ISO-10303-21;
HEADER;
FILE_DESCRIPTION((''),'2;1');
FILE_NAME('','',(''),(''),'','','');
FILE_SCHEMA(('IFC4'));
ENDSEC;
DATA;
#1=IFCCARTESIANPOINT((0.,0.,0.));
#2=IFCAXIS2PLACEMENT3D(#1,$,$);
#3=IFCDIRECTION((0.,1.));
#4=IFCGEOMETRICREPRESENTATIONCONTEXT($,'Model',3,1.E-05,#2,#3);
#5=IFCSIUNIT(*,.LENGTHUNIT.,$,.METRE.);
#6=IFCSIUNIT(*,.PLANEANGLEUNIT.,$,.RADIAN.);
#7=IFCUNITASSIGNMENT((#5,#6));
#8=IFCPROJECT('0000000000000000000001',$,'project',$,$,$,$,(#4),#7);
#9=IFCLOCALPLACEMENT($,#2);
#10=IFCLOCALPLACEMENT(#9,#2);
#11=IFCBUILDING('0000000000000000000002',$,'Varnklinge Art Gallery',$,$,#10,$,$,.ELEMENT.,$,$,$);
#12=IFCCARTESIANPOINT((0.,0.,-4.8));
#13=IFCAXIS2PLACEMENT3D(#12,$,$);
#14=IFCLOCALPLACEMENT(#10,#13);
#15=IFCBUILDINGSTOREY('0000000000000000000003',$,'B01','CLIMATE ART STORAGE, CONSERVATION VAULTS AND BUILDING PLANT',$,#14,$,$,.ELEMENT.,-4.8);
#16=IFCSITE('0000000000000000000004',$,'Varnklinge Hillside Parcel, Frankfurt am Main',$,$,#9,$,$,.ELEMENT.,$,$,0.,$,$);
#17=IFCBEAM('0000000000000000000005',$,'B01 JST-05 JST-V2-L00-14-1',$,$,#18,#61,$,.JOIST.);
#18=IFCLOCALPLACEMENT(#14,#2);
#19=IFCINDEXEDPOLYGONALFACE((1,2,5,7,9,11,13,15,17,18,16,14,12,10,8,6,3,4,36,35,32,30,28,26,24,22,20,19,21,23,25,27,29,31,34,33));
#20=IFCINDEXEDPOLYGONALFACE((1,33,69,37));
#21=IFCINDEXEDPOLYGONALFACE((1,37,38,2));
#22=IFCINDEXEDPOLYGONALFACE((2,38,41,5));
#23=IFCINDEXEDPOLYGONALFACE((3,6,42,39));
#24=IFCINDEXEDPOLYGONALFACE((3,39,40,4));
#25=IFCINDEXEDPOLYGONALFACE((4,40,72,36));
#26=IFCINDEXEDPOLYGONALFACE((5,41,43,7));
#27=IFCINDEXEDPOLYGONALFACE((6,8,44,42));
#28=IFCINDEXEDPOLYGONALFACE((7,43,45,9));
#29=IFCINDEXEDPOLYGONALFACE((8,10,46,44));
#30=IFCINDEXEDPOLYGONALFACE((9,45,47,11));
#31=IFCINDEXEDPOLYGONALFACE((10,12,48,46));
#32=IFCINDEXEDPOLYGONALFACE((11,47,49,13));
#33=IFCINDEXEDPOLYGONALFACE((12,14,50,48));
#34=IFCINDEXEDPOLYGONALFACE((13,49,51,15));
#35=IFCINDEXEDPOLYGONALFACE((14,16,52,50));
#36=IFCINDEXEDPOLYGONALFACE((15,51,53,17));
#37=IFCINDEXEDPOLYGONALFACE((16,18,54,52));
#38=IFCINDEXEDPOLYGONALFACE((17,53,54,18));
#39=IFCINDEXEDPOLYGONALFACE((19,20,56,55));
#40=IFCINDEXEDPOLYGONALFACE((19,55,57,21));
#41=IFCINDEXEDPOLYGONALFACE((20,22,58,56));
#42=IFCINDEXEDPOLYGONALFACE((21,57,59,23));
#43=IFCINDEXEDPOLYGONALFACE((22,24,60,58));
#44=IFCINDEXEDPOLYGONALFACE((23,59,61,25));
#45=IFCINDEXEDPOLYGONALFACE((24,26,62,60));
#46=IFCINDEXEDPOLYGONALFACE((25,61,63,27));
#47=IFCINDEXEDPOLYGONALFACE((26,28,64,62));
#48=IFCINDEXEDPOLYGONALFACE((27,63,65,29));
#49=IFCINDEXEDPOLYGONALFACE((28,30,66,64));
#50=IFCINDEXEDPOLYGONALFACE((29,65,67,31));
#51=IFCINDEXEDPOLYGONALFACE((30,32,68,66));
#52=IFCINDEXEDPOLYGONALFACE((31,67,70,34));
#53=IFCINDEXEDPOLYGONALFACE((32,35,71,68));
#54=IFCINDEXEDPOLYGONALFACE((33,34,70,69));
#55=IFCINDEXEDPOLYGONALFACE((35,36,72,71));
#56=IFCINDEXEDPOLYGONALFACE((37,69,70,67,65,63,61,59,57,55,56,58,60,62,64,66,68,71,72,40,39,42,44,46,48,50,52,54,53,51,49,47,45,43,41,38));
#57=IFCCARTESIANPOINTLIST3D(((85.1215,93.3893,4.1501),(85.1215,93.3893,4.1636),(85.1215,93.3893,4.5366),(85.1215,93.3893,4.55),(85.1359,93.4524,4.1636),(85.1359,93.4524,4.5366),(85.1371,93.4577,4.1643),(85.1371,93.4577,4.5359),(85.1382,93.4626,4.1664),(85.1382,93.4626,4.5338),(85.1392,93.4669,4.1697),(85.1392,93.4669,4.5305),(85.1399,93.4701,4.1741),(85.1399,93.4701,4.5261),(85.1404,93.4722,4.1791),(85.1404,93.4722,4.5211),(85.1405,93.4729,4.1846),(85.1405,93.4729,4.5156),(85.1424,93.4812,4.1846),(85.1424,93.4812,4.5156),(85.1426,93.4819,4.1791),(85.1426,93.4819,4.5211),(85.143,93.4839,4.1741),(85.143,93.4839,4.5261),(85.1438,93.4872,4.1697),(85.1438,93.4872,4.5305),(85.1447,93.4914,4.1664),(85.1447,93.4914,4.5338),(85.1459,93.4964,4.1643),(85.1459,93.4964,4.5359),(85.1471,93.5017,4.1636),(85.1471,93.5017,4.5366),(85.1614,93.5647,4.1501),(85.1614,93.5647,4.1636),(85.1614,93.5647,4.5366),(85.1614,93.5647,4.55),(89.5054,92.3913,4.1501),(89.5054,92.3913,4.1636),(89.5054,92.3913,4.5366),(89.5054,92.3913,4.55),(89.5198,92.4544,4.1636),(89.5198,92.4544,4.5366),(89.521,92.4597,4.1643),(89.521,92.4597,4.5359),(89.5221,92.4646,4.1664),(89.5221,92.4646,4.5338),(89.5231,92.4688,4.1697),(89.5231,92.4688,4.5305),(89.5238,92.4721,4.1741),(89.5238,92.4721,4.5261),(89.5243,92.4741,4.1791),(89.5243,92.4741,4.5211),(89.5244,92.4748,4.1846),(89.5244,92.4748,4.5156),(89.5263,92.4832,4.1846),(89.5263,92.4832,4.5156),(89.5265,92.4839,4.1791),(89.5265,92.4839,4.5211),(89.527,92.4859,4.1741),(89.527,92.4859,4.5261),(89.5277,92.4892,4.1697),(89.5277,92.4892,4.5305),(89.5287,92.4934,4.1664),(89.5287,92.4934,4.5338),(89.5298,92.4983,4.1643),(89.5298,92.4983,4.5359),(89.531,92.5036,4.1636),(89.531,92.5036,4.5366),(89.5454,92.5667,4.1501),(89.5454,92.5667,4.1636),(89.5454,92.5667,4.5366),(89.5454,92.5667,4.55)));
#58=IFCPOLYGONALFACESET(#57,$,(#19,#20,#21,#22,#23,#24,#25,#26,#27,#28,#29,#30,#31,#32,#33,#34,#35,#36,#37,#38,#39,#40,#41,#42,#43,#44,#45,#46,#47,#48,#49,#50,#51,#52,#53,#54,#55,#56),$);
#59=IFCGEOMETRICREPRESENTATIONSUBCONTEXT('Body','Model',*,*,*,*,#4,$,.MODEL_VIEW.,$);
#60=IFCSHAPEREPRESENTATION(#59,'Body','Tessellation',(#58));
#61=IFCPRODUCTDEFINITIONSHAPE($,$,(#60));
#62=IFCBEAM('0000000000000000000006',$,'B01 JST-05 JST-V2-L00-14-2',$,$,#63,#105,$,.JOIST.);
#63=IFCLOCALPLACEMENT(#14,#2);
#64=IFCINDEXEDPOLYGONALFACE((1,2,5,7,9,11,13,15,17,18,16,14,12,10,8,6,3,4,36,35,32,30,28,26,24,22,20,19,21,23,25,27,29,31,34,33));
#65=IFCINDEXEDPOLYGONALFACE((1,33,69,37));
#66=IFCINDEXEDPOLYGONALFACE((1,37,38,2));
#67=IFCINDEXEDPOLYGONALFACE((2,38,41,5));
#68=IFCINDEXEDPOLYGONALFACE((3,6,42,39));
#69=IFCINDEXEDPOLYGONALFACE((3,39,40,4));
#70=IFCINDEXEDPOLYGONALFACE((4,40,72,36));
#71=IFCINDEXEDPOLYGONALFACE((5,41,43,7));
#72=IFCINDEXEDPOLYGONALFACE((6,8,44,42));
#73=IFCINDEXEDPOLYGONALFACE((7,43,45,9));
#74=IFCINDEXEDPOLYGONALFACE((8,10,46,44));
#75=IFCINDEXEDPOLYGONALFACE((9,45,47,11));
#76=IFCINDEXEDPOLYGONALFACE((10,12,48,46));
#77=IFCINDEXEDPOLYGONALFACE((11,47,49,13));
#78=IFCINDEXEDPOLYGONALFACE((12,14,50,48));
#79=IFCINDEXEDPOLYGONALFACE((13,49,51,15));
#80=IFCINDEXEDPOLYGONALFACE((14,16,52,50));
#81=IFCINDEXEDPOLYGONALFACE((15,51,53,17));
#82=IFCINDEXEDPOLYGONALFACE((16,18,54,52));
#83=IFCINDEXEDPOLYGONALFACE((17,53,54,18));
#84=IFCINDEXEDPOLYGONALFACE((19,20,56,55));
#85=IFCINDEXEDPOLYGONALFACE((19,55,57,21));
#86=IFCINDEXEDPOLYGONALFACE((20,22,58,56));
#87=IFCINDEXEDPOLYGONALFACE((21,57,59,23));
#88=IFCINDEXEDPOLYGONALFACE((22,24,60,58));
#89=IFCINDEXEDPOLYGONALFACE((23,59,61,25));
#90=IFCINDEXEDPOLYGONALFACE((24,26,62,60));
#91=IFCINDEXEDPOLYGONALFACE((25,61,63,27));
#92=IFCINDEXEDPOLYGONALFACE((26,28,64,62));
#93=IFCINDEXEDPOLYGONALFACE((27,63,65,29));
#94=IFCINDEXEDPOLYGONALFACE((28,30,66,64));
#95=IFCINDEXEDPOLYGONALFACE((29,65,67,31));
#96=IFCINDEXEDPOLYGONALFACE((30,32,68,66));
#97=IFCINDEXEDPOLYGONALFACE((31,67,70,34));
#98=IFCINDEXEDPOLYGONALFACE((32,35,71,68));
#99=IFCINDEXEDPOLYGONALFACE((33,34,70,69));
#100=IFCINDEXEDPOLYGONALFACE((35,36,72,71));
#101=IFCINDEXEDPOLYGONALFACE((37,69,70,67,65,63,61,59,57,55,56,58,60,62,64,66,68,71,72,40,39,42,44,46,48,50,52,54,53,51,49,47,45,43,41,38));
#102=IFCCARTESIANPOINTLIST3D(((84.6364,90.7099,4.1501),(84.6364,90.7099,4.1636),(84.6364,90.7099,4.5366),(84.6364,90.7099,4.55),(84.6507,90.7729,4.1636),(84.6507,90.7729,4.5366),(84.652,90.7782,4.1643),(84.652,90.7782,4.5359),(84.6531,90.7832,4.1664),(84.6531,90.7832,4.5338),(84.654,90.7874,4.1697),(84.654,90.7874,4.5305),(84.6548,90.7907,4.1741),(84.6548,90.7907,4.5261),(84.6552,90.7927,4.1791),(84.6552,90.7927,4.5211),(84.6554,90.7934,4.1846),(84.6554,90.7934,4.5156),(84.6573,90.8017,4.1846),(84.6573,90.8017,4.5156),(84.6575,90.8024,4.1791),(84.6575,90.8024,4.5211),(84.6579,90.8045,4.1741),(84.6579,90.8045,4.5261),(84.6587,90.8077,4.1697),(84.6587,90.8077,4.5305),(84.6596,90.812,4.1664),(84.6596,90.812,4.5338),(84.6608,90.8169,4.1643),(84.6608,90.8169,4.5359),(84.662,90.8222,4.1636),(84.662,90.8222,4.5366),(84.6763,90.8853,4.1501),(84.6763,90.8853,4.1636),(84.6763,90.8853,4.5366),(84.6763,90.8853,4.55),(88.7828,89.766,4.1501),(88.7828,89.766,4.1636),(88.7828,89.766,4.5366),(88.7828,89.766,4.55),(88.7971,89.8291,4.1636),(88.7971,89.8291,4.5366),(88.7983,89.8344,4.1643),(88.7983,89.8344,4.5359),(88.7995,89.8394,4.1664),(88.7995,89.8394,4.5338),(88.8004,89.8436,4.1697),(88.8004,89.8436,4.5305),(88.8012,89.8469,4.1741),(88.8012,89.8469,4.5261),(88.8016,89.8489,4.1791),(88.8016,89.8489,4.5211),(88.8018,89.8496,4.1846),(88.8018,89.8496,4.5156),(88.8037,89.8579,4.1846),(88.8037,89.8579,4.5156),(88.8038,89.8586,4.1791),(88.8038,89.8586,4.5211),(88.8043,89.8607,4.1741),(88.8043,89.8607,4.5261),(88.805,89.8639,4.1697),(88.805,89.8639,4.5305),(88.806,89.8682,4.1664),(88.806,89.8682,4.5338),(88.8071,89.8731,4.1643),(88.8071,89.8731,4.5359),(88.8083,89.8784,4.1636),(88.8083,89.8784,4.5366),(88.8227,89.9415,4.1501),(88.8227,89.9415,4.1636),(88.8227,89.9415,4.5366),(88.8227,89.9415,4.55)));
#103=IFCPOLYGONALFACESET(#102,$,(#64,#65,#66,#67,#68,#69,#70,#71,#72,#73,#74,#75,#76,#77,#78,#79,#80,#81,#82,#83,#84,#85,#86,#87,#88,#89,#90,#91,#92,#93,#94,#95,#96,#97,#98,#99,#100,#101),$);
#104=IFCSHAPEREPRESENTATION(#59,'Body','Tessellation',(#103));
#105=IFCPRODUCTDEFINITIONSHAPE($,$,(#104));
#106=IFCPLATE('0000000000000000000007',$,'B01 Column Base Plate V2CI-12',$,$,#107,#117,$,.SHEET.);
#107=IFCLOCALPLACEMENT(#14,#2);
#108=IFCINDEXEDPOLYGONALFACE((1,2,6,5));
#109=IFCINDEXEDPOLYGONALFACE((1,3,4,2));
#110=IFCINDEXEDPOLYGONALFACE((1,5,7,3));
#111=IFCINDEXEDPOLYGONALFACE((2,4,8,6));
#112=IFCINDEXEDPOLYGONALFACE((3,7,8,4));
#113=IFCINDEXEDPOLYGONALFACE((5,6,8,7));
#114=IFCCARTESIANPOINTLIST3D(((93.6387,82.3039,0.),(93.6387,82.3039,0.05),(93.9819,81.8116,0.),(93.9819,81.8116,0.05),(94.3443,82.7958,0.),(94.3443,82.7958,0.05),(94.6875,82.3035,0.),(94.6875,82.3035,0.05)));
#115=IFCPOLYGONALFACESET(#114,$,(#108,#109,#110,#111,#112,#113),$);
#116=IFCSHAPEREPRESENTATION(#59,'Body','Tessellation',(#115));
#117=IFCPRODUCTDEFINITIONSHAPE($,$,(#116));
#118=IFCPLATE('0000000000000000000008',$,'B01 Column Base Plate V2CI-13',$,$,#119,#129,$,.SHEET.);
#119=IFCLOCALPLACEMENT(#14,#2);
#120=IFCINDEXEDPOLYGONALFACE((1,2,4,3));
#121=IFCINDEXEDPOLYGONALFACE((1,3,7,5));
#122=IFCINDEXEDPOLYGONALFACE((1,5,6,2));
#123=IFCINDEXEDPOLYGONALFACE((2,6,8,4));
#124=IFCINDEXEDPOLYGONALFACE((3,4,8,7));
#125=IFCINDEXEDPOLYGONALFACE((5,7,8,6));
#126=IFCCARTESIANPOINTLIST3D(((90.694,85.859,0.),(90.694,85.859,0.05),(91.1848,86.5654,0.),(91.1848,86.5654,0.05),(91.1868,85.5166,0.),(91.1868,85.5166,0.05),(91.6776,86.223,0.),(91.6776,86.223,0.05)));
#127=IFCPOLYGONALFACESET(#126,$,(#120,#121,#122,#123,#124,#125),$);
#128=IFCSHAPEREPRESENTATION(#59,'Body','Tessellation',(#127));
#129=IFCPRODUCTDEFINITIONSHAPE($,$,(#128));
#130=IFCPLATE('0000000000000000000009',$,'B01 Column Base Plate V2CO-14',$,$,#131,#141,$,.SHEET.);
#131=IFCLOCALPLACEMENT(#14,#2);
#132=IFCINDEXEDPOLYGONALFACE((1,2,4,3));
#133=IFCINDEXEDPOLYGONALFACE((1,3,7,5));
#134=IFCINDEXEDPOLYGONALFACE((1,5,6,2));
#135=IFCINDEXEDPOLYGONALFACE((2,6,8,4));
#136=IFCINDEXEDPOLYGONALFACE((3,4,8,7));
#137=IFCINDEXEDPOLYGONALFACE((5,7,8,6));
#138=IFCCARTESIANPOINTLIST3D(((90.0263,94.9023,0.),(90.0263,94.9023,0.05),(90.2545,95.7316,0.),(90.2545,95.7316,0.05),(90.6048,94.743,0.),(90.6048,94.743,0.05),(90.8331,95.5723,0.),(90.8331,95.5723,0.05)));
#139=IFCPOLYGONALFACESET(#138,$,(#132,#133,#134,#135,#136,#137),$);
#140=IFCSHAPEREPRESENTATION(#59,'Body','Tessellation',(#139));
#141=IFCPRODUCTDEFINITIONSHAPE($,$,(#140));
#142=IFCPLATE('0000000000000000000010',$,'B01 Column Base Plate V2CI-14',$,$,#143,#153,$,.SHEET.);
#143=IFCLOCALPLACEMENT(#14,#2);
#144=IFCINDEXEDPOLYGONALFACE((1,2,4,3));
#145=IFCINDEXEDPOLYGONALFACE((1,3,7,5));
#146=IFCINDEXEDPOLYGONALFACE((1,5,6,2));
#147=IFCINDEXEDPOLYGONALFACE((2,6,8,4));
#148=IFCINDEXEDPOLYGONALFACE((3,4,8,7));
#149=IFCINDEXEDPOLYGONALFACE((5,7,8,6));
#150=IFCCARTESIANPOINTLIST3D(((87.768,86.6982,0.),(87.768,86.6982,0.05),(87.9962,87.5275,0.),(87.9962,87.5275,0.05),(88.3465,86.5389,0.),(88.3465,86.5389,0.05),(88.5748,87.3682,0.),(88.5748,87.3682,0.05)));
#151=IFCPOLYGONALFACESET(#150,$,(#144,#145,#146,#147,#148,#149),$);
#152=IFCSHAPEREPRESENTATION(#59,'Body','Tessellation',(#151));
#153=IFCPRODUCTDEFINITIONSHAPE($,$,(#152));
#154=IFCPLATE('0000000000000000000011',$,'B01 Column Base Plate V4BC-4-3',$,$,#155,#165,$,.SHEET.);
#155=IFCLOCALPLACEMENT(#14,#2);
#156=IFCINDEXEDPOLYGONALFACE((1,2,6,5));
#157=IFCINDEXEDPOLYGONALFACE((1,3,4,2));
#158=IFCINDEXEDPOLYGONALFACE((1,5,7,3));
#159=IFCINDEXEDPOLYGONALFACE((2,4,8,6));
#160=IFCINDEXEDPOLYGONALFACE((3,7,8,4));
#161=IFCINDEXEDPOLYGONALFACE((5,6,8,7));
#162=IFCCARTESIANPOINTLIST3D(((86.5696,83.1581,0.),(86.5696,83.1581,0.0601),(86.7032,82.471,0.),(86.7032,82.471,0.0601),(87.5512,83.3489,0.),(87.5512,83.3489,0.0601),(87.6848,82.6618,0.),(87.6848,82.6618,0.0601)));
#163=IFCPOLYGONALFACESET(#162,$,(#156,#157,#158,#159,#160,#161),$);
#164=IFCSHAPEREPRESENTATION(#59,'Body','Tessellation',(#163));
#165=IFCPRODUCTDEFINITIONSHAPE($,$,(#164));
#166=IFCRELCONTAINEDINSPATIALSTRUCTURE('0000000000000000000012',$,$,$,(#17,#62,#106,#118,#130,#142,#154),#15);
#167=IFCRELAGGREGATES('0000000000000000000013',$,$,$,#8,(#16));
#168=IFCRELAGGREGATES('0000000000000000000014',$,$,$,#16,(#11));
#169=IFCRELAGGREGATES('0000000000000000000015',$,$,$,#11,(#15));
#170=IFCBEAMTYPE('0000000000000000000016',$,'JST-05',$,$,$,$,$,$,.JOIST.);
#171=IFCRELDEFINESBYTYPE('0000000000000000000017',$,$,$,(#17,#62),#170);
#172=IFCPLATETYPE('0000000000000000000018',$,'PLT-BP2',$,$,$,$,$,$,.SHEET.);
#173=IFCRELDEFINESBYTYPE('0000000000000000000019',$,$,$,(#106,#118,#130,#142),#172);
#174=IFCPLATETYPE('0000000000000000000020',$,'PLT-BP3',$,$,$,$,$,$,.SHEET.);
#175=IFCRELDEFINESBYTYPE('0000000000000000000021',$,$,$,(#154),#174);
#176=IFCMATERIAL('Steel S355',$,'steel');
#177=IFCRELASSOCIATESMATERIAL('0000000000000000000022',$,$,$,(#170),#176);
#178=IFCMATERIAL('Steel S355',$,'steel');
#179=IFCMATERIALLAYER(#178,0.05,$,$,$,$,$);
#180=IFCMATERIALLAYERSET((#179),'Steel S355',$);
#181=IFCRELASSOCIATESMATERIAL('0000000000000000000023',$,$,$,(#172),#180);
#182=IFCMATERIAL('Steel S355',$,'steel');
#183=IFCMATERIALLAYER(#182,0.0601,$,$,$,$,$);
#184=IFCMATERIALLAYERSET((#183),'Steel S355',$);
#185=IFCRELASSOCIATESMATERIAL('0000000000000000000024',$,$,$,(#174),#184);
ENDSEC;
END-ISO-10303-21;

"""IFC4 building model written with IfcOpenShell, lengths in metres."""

from ifc_helpers import new_model, si_unit, direction, frame, origin, origin_2d, place, context, subcontext, project, spatial, rectangle, i_section, extrude, material, layer, layer_set, material_profile, profile_set, type_object, element, save


model = new_model("IFC4")

# Units and contexts
model_context = context("Model", 3, precision=1e-05, world=origin(), true_north=direction((0.0, 1.0)))
body_context = subcontext(model_context, "Body", "Model", "MODEL_VIEW")
ifc_project = project(units=[si_unit("LENGTHUNIT", "METRE"), si_unit("PLANEANGLEUNIT", "RADIAN")], contexts=[model_context])

# Site, building, storey
site_placement = place(None, origin())
site = spatial("IfcSite", under=ifc_project, at=site_placement, Name="Varnklinge Hillside Parcel, Frankfurt am Main", CompositionType="ELEMENT", RefElevation=0.0)
building_placement = place(site_placement, origin())
building = spatial("IfcBuilding", under=site, at=building_placement, Name="Varnklinge Art Gallery", CompositionType="ELEMENT")
storey_placement = place(building_placement, frame((0.0, 0.0, -4.8)))
storey = spatial("IfcBuildingStorey", under=building, at=storey_placement, Name="B01", Description="CLIMATE ART STORAGE, CONSERVATION VAULTS AND BUILDING PLANT", CompositionType="ELEMENT", Elevation=-4.8)

# Beams
ifc_material_1 = material(Name="Steel S355", Category="steel")
ifc_material_profile_1 = material_profile(ifc_material_1, i_section(OverallWidth=0.1799, OverallDepth=0.3999, WebThickness=0.0085, FlangeThickness=0.0134, FilletRadius=0.021, at=origin_2d()), Name="IPE 400")
ifc_profile_set_1 = profile_set([ifc_material_profile_1], Name="Steel S355")
beam_type_1 = type_object("IfcBeamType", Name="JST-05", PredefinedType="JOIST", material=ifc_profile_set_1)
beam_1_placement = place(storey_placement, frame((89.5254, 92.479, 4.3501), z_axis=(-0.975052, 0.221975, 0.0), x_axis=(-0.221975, -0.975052, 0.0)))
element("IfcBeam", 1, at=beam_1_placement, inside=storey, type_object=beam_type_1, Name="B01 JST-05 JST-V2-L00-14-1", PredefinedType="JOIST", context=body_context, shape_type="SweptSolid", body=[
    extrude(i_section(OverallWidth=0.1799, OverallDepth=0.3999, WebThickness=0.0085, FlangeThickness=0.0134, FilletRadius=0.021, at=origin_2d()), origin(), (0.0, 0.0, 1.0), 4.4961),
])
beam_2_placement = place(storey_placement, frame((88.8027, 89.8538, 4.3501), z_axis=(-0.975058, 0.221949, 0.0), x_axis=(-0.221949, -0.975058, 0.0)))
element("IfcBeam", 2, at=beam_2_placement, inside=storey, type_object=beam_type_1, Name="B01 JST-05 JST-V2-L00-14-2", PredefinedType="JOIST", context=body_context, shape_type="SweptSolid", body=[
    extrude(i_section(OverallWidth=0.1799, OverallDepth=0.3999, WebThickness=0.0085, FlangeThickness=0.0134, FilletRadius=0.021, at=origin_2d()), origin(), (0.0, 0.0, 1.0), 4.2524),
])

# Plates
ifc_material_2 = material(Name="Steel S355", Category="steel")
ifc_layer_1 = layer(ifc_material_2, 0.05)
ifc_layer_set_1 = layer_set([ifc_layer_1], Name="Steel S355")
plate_type_1 = type_object("IfcPlateType", Name="PLT-BP2", PredefinedType="SHEET", material=ifc_layer_set_1)
for number, where, z_axis, x_axis, name in (
    (3, (94.1631, 82.3037, 0.0), (0.0, 0.0, 1.0), (-0.820352, -0.57186, 0.0), "B01 Column Base Plate V2CI-12"),
    (4, (91.1858, 86.041, 0.0), (0.0, 0.0, 1.0), (-0.57057, -0.821249, 0.0), "B01 Column Base Plate V2CI-13"),
    (5, (90.4297, 95.2373, 0.0), (0.0, 0.0, 1.0), (-0.265388, -0.964142, 0.0), "B01 Column Base Plate V2CO-14"),
    (6, (88.1714, 87.0332, 0.0), (0.0, 0.0, 1.0), (-0.265388, -0.964142, 0.0), "B01 Column Base Plate V2CI-14"),
):
    element("IfcPlate", number, at=place(storey_placement, frame(where, z_axis=z_axis, x_axis=x_axis)), inside=storey, type_object=plate_type_1, Name=name, PredefinedType="SHEET", context=body_context, shape_type="SweptSolid", body=[
        extrude(rectangle(XDim=0.8601, YDim=0.6001, at=origin_2d()), origin(), (0.0, 0.0, 1.0), 0.05),
    ])
ifc_material_3 = material(Name="Steel S355", Category="steel")
ifc_layer_2 = layer(ifc_material_3, 0.0601)
ifc_layer_set_2 = layer_set([ifc_layer_2], Name="Steel S355")
plate_type_2 = type_object("IfcPlateType", Name="PLT-BP3", PredefinedType="SHEET", material=ifc_layer_set_2)
plate_placement = place(storey_placement, frame((87.1272, 82.9099, 0.0), z_axis=(0.0, 0.0, 1.0), x_axis=(0.981627, 0.190809, 0.0)))
element("IfcPlate", 7, at=plate_placement, inside=storey, type_object=plate_type_2, Name="B01 Column Base Plate V4BC-4-3", PredefinedType="SHEET", context=body_context, shape_type="SweptSolid", body=[
    extrude(rectangle(XDim=1.0, YDim=0.7, at=origin_2d()), origin(), (0.0, 0.0, 1.0), 0.0601),
])

save(model, "model.ifc")
